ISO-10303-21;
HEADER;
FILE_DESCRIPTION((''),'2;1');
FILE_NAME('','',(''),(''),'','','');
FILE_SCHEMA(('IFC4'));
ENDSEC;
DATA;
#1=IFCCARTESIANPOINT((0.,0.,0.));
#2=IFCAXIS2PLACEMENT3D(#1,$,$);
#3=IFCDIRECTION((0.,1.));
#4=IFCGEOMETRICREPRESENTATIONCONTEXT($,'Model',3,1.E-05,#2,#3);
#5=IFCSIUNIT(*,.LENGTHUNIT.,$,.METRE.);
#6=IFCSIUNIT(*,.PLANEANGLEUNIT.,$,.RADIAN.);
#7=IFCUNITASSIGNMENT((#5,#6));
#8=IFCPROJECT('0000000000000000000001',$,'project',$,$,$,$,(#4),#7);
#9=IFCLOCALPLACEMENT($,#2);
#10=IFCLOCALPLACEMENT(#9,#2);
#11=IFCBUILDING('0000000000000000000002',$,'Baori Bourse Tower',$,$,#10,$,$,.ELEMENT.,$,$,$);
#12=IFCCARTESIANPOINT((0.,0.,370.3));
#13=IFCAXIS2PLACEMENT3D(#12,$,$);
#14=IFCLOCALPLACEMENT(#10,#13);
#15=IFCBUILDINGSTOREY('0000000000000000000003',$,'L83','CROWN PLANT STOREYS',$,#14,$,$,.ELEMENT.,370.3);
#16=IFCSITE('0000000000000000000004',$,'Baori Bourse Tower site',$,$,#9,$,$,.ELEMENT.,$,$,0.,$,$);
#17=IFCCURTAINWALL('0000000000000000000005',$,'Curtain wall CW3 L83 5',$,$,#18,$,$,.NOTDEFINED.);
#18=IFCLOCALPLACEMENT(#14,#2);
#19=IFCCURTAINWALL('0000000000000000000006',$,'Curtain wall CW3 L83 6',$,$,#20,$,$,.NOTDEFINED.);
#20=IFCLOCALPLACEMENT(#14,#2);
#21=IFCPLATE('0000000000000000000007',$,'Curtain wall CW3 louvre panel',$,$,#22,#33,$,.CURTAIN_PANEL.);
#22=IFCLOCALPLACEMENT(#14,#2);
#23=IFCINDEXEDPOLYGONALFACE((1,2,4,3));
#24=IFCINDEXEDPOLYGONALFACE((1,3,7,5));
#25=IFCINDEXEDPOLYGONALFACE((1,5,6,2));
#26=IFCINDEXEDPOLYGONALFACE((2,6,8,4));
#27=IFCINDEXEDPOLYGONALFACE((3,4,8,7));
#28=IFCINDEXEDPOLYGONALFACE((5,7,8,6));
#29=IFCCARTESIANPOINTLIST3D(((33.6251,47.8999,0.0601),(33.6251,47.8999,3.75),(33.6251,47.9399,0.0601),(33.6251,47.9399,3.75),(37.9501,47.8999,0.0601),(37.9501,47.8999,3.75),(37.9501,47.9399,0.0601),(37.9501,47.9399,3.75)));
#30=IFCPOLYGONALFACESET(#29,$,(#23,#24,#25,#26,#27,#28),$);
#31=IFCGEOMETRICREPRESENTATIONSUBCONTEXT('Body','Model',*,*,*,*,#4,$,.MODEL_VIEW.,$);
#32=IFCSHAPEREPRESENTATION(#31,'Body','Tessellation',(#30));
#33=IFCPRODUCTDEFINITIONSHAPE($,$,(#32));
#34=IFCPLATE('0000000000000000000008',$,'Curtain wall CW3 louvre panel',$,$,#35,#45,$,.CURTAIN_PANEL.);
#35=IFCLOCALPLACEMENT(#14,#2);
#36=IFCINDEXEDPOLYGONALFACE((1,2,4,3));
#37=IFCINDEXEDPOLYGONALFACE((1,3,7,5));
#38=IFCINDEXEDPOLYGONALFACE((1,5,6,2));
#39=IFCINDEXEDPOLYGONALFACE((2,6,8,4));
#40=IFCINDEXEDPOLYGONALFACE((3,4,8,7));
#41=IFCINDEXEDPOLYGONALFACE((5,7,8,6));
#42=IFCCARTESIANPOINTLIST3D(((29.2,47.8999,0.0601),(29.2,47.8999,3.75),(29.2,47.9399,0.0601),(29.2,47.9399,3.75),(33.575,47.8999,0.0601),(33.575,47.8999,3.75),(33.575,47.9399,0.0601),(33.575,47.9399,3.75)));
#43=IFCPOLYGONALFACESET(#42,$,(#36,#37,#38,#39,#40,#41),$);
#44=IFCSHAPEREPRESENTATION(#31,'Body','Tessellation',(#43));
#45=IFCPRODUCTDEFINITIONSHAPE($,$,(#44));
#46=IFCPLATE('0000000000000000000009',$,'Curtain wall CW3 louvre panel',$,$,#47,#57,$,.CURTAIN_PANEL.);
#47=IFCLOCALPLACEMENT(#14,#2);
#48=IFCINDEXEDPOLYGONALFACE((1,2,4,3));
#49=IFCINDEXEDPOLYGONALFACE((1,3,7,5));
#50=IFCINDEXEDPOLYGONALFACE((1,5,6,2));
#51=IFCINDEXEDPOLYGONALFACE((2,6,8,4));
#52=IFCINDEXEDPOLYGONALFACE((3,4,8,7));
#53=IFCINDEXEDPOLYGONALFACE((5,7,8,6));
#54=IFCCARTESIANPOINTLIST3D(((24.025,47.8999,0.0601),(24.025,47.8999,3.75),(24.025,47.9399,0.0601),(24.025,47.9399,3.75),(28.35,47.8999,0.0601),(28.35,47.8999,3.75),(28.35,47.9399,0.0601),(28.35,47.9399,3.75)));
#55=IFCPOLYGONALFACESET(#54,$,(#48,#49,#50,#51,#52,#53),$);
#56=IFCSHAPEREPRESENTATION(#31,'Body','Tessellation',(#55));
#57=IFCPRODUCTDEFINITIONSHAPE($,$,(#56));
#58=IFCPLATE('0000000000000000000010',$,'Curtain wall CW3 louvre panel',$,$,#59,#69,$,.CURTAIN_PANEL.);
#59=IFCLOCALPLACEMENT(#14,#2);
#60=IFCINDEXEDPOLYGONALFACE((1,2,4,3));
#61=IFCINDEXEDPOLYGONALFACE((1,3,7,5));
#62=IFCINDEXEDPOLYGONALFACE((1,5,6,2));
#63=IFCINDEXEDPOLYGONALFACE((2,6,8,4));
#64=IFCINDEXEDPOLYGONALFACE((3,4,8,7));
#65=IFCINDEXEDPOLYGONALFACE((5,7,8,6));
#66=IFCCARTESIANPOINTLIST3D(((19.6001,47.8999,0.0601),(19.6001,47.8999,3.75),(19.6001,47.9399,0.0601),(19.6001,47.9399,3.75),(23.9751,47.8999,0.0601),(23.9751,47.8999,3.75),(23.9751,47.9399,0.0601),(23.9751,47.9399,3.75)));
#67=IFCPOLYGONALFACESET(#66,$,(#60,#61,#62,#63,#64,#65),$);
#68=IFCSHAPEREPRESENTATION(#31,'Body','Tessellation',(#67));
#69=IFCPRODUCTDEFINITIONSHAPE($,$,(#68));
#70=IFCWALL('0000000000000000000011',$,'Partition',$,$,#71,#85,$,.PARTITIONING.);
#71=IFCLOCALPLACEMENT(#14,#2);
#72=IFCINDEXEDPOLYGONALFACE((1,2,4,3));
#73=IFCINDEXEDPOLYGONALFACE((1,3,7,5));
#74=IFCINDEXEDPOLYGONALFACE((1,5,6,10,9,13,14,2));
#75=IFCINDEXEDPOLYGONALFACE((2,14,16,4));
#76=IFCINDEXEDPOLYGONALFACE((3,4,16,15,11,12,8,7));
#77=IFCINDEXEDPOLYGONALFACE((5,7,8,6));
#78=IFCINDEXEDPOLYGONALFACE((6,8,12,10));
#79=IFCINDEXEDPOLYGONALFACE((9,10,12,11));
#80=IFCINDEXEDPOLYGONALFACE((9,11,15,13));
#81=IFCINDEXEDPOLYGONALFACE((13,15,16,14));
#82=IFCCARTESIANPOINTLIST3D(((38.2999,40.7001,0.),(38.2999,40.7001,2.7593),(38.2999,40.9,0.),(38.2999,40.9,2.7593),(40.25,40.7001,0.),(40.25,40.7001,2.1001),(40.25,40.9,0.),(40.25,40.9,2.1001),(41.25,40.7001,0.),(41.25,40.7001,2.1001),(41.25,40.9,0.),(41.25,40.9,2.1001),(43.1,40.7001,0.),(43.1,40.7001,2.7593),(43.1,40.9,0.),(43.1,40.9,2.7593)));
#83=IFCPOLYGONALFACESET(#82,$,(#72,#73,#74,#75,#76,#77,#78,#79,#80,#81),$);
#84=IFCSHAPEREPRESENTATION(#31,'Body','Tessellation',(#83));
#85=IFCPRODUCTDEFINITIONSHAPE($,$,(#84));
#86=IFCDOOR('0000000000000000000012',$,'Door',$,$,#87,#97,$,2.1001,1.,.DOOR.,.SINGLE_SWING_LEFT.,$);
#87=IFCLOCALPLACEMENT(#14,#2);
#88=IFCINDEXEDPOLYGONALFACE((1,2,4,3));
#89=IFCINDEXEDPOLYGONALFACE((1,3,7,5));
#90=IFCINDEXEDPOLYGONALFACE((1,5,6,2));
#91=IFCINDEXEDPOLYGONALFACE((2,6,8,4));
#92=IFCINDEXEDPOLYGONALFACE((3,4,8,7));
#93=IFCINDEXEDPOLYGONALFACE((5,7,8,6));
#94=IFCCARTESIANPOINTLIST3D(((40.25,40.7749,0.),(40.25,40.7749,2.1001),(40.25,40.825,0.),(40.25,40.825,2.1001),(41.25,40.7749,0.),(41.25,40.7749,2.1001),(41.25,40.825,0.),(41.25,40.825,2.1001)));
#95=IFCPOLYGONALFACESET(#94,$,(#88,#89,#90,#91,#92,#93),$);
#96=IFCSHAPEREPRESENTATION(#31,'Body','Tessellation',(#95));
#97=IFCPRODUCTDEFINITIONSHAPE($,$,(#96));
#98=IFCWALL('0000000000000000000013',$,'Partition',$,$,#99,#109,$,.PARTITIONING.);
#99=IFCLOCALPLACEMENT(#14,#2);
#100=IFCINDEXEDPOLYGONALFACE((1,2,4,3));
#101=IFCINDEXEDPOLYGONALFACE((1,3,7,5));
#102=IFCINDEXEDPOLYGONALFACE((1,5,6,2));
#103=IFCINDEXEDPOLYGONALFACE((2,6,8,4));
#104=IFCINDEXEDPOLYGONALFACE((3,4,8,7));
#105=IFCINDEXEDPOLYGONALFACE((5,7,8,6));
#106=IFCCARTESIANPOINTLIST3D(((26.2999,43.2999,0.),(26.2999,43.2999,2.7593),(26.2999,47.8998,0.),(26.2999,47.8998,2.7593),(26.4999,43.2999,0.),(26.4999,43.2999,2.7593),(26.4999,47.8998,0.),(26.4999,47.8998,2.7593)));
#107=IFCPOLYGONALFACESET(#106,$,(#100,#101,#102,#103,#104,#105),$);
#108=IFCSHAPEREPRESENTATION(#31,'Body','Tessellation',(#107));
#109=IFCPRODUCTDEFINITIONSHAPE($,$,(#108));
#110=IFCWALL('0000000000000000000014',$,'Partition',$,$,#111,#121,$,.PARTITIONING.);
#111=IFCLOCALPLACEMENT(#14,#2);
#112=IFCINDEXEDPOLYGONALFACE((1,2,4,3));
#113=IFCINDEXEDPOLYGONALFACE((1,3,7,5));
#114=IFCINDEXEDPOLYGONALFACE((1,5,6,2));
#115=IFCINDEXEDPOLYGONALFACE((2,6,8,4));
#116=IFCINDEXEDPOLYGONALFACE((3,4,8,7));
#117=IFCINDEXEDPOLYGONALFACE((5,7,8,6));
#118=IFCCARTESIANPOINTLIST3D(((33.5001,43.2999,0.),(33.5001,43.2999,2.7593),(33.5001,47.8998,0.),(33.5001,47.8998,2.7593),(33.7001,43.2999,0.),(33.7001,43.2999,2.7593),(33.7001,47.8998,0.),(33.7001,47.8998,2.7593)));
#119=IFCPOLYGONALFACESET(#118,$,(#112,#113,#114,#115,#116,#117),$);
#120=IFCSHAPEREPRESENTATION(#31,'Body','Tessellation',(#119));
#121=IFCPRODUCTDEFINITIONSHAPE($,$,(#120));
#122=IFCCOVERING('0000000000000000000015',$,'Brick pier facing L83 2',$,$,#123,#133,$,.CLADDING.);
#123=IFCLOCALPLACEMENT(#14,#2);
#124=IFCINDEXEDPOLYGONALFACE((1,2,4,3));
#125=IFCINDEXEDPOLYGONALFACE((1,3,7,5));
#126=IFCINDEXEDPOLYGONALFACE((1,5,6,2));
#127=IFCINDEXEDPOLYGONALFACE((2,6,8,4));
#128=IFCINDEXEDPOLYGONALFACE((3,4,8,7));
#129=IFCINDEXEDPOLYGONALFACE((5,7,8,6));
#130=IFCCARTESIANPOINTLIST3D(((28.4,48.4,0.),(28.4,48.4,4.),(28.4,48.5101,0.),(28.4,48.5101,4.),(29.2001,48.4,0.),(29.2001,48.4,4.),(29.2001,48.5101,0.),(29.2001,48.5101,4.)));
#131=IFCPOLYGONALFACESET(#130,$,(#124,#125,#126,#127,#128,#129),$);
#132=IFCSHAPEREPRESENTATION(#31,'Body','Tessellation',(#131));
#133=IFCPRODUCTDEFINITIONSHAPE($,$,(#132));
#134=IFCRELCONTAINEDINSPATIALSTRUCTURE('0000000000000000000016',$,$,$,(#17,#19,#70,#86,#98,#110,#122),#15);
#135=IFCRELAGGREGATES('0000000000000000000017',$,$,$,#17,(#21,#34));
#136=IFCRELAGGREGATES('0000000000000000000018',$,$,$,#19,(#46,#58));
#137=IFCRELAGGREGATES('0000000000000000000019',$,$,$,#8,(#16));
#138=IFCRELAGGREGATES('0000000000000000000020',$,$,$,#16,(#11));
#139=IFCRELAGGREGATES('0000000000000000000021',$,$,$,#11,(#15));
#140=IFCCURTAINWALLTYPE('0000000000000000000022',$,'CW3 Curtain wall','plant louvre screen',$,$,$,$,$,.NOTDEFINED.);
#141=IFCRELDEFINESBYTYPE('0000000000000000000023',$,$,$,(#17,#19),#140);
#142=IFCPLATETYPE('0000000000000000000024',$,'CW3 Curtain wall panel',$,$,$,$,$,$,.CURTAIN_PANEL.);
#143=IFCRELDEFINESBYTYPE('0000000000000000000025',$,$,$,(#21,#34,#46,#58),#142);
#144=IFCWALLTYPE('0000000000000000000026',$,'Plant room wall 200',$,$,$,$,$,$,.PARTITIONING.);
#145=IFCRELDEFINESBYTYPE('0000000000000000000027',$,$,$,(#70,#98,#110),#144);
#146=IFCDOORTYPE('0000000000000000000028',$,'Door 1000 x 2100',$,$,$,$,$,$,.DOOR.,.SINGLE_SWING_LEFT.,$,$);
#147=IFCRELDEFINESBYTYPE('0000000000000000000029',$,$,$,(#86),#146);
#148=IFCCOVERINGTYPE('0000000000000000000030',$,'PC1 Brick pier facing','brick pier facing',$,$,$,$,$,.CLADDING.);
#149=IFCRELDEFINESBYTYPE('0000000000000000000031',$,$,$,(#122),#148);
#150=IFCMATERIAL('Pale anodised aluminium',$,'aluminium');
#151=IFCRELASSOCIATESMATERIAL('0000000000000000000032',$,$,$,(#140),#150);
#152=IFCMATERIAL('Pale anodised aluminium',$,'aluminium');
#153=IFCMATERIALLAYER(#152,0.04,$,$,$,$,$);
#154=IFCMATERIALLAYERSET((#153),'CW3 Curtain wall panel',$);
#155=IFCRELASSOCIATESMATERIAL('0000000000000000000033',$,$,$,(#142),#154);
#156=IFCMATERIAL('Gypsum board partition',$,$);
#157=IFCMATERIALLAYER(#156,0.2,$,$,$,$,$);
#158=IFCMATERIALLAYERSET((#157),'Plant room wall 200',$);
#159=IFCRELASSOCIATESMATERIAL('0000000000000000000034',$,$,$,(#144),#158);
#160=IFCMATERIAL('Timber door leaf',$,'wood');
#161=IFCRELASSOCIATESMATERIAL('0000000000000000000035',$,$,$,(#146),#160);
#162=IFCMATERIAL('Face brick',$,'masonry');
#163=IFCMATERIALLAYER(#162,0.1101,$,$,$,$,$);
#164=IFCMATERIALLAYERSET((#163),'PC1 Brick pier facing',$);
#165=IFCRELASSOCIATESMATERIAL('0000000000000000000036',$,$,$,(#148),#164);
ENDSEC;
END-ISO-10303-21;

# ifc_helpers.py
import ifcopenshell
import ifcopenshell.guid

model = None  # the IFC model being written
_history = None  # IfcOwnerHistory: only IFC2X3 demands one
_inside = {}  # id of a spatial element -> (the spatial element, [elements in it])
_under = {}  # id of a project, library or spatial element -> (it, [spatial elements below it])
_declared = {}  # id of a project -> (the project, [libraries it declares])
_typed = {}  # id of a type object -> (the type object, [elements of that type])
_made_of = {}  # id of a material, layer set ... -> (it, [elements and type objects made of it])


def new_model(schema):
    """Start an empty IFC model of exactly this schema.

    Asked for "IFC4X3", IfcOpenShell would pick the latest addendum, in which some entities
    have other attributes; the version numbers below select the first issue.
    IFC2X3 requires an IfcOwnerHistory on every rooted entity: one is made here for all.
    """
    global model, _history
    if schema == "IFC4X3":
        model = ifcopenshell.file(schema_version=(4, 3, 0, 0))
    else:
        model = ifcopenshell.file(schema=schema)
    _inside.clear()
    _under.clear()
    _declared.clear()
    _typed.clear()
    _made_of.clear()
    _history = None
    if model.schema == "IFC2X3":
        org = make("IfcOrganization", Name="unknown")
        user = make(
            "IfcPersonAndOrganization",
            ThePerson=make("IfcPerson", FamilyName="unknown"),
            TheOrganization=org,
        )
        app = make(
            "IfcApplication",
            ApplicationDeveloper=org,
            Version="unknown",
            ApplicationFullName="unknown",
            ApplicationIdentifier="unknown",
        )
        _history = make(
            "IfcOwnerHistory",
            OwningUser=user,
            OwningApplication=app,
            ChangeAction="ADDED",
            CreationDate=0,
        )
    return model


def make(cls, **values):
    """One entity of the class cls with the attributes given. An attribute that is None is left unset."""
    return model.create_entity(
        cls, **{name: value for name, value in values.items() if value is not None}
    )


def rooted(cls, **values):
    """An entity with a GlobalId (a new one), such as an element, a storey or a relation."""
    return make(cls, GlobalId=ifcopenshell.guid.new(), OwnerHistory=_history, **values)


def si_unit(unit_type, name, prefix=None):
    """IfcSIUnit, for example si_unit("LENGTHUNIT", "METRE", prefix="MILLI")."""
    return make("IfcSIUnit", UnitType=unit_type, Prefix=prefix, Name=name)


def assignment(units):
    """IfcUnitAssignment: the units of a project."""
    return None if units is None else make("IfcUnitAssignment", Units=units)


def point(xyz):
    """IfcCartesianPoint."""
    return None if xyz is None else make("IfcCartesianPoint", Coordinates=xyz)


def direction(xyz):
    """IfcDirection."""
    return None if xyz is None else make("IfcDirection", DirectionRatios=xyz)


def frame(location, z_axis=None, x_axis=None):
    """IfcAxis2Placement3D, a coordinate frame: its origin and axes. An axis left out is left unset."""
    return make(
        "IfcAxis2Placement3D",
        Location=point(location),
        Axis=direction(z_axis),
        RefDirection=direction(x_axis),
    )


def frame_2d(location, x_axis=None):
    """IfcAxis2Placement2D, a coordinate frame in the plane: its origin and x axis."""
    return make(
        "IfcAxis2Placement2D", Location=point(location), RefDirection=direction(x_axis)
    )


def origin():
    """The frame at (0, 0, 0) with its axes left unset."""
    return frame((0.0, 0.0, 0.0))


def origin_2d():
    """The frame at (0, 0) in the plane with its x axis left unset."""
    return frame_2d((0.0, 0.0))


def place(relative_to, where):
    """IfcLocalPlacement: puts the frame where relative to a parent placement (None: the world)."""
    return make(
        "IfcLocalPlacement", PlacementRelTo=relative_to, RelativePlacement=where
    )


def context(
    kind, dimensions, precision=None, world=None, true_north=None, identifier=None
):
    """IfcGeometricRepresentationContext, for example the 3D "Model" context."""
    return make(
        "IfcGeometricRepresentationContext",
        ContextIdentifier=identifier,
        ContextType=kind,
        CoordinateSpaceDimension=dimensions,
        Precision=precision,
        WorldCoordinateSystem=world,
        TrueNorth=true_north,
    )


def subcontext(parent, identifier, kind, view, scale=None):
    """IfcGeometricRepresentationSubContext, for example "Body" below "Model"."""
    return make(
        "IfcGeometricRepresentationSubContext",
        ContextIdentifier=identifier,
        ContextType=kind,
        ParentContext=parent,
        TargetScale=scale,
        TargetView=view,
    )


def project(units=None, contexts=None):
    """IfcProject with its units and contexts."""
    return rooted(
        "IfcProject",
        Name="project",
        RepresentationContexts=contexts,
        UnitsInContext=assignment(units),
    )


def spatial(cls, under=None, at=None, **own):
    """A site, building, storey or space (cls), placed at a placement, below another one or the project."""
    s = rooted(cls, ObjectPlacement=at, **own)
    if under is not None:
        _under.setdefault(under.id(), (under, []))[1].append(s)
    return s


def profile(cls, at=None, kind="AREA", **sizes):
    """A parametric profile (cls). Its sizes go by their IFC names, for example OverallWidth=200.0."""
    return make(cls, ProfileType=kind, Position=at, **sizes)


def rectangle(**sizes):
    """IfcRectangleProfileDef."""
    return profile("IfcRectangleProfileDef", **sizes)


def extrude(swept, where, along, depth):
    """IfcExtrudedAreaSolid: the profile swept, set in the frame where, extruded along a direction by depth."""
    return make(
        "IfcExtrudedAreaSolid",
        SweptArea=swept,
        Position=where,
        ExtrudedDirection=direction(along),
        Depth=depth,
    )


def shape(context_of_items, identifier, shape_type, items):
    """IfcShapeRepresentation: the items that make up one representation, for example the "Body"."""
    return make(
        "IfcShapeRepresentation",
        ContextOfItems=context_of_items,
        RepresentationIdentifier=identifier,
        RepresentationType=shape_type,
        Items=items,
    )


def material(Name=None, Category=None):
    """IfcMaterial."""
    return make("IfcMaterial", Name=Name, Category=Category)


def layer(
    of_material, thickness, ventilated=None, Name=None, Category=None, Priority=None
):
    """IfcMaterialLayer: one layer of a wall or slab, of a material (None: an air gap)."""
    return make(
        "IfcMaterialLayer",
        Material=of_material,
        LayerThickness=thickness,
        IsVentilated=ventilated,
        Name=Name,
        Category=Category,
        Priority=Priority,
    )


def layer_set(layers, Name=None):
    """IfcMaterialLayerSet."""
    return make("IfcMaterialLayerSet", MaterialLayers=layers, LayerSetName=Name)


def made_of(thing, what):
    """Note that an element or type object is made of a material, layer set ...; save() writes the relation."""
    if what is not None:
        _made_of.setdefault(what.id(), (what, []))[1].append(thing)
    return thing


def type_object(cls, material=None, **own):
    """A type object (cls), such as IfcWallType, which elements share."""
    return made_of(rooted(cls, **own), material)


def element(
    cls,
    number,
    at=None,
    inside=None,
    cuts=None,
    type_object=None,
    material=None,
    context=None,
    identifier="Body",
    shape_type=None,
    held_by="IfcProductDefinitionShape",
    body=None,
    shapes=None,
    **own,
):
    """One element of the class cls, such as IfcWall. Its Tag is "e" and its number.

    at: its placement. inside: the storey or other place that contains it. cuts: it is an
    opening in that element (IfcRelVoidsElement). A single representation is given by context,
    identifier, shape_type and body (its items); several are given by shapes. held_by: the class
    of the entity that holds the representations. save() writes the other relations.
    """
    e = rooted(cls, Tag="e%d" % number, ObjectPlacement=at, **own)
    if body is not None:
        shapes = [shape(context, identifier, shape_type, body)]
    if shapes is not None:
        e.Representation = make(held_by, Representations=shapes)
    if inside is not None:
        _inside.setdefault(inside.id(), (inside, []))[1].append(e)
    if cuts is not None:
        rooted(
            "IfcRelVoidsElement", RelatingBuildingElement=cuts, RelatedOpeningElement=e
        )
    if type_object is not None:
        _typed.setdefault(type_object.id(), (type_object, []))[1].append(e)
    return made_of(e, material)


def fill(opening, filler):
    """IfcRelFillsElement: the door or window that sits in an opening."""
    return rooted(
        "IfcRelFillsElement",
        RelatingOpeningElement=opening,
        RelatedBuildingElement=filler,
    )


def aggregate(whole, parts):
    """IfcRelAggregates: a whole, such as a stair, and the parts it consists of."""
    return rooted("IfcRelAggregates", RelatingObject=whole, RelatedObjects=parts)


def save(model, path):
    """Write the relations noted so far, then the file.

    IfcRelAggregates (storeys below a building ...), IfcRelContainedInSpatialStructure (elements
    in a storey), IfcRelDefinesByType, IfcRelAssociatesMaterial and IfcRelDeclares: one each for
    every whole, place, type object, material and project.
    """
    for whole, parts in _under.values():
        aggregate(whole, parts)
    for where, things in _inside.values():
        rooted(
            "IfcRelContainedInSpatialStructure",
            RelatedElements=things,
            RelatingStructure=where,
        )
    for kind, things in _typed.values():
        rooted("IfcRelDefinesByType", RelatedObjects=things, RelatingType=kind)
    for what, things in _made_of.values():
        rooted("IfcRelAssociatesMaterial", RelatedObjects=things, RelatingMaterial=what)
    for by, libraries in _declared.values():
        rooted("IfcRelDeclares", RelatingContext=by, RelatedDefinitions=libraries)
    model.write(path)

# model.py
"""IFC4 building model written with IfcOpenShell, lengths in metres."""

from ifc_helpers import new_model, si_unit, direction, frame, frame_2d, origin, origin_2d, place, context, subcontext, project, spatial, rectangle, extrude, material, layer, layer_set, type_object, element, fill, aggregate, save


model = new_model("IFC4")

# Units and contexts
model_context = context("Model", 3, precision=1e-05, world=origin(), true_north=direction((0.0, 1.0)))
body_context = subcontext(model_context, "Body", "Model", "MODEL_VIEW")
ifc_project = project(units=[si_unit("LENGTHUNIT", "METRE"), si_unit("PLANEANGLEUNIT", "RADIAN")], contexts=[model_context])

# Site, building, storey
site_placement = place(None, origin())
site = spatial("IfcSite", under=ifc_project, at=site_placement, Name="Baori Bourse Tower site", CompositionType="ELEMENT", RefElevation=0.0)
building_placement = place(site_placement, origin())
building = spatial("IfcBuilding", under=site, at=building_placement, Name="Baori Bourse Tower", CompositionType="ELEMENT")
storey_placement = place(building_placement, frame((0.0, 0.0, 370.3)))
storey = spatial("IfcBuildingStorey", under=building, at=storey_placement, Name="L83", Description="CROWN PLANT STOREYS", CompositionType="ELEMENT", Elevation=370.3)

# Shared definitions
ifc_material_1 = material(Name="Pale anodised aluminium", Category="aluminium")
curtain_wall_type = type_object("IfcCurtainWallType", Name="CW3 Curtain wall", Description="plant louvre screen", PredefinedType="NOTDEFINED", material=ifc_material_1)

# Curtain walls
curtain_wall_1_placement = place(storey_placement, origin())
curtain_wall_1 = element("IfcCurtainWall", 1, at=curtain_wall_1_placement, inside=storey, type_object=curtain_wall_type, Name="Curtain wall CW3 L83 5", PredefinedType="NOTDEFINED")
curtain_wall_2_placement = place(storey_placement, origin())
curtain_wall_2 = element("IfcCurtainWall", 2, at=curtain_wall_2_placement, inside=storey, type_object=curtain_wall_type, Name="Curtain wall CW3 L83 6", PredefinedType="NOTDEFINED")

# Plates
ifc_material_2 = material(Name="Pale anodised aluminium", Category="aluminium")
ifc_layer_1 = layer(ifc_material_2, 0.04)
ifc_layer_set_1 = layer_set([ifc_layer_1], Name="CW3 Curtain wall panel")
plate_type = type_object("IfcPlateType", Name="CW3 Curtain wall panel", PredefinedType="CURTAIN_PANEL", material=ifc_layer_set_1)
plate_1_placement = place(storey_placement, frame((35.7876, 47.9199, 0.0601), z_axis=(0.0, 0.0, 1.0), x_axis=(-1.0, 0.0, 0.0)))
plate_1 = element("IfcPlate", 3, at=plate_1_placement, type_object=plate_type, Name="Curtain wall CW3 louvre panel", PredefinedType="CURTAIN_PANEL", context=body_context, shape_type="SweptSolid", body=[
    extrude(rectangle(XDim=4.325, YDim=0.04, at=origin_2d()), origin(), (0.0, 0.0, 1.0), 3.6899),
])
plate_2_placement = place(storey_placement, frame((31.3875, 47.9199, 0.0601), z_axis=(0.0, 0.0, 1.0), x_axis=(-1.0, 0.0, 0.0)))
plate_2 = element("IfcPlate", 4, at=plate_2_placement, type_object=plate_type, Name="Curtain wall CW3 louvre panel", PredefinedType="CURTAIN_PANEL", context=body_context, shape_type="SweptSolid", body=[
    extrude(rectangle(XDim=4.375, YDim=0.04, at=origin_2d()), origin(), (0.0, 0.0, 1.0), 3.6899),
])
aggregate(curtain_wall_1, [plate_1, plate_2])
plate_3_placement = place(storey_placement, frame((26.1875, 47.9199, 0.0601), z_axis=(0.0, 0.0, 1.0), x_axis=(-1.0, 0.0, 0.0)))
plate_3 = element("IfcPlate", 5, at=plate_3_placement, type_object=plate_type, Name="Curtain wall CW3 louvre panel", PredefinedType="CURTAIN_PANEL", context=body_context, shape_type="SweptSolid", body=[
    extrude(rectangle(XDim=4.325, YDim=0.04, at=origin_2d()), origin(), (0.0, 0.0, 1.0), 3.6899),
])
plate_4_placement = place(storey_placement, frame((21.7876, 47.9199, 0.0601), z_axis=(0.0, 0.0, 1.0), x_axis=(-1.0, 0.0, 0.0)))
plate_4 = element("IfcPlate", 6, at=plate_4_placement, type_object=plate_type, Name="Curtain wall CW3 louvre panel", PredefinedType="CURTAIN_PANEL", context=body_context, shape_type="SweptSolid", body=[
    extrude(rectangle(XDim=4.375, YDim=0.04, at=origin_2d()), origin(), (0.0, 0.0, 1.0), 3.6899),
])
aggregate(curtain_wall_2, [plate_3, plate_4])

# Wall, opening, door
ifc_material_3 = material(Name="Gypsum board partition")
ifc_layer_2 = layer(ifc_material_3, 0.2)
ifc_layer_set_2 = layer_set([ifc_layer_2], Name="Plant room wall 200")
wall_type = type_object("IfcWallType", Name="Plant room wall 200", PredefinedType="PARTITIONING", material=ifc_layer_set_2)
wall_placement = place(storey_placement, frame((38.3, 40.8, 0.0), z_axis=(0.0, 0.0, 1.0), x_axis=(1.0, 0.0, 0.0)))
wall = element("IfcWall", 7, at=wall_placement, inside=storey, type_object=wall_type, Name="Partition", PredefinedType="PARTITIONING", context=body_context, shape_type="SweptSolid", body=[
    extrude(rectangle(XDim=4.8, YDim=0.2, at=frame_2d((2.3999, 0.0))), origin(), (0.0, 0.0, 1.0), 2.7593),
])
opening_placement = place(wall_placement, frame((1.95, 0.0, 0.0)))
opening = element("IfcOpeningElement", 8, at=opening_placement, cuts=wall, PredefinedType="OPENING", context=body_context, shape_type="SweptSolid", body=[
    extrude(rectangle(XDim=1.0, YDim=2.1001, at=frame_2d((0.5, 1.05))), frame((0.0, 0.1099, 0.0), z_axis=(0.0, -1.0, 0.0), x_axis=(1.0, 0.0, 0.0)), (0.0, 0.0, 1.0), 0.22),
])
ifc_material_4 = material(Name="Timber door leaf", Category="wood")
door_type = type_object("IfcDoorType", Name="Door 1000 x 2100", OperationType="SINGLE_SWING_LEFT", PredefinedType="DOOR", material=ifc_material_4)
door_placement = place(opening_placement, origin())
door = element("IfcDoor", 9, at=door_placement, inside=storey, type_object=door_type, Name="Door", OperationType="SINGLE_SWING_LEFT", OverallHeight=2.1001, OverallWidth=1.0, PredefinedType="DOOR", context=body_context, shape_type="SweptSolid", body=[
    extrude(rectangle(XDim=1.0, YDim=2.1001, at=frame_2d((0.5, 1.05))), frame((0.0, 0.0249, 0.0), z_axis=(0.0, -1.0, 0.0), x_axis=(1.0, 0.0, 0.0)), (0.0, 0.0, 1.0), 0.05),
])
fill(opening, door)

# Walls
for number, where, z_axis, x_axis, name in (
    (10, (26.3999, 43.3, 0.0), (0.0, 0.0, 1.0), (0.0, 1.0, 0.0), "Partition"),
    (11, (33.6001, 43.3, 0.0), (0.0, 0.0, 1.0), (0.0, 1.0, 0.0), "Partition"),
):
    element("IfcWall", number, at=place(storey_placement, frame(where, z_axis=z_axis, x_axis=x_axis)), inside=storey, type_object=wall_type, Name=name, PredefinedType="PARTITIONING", context=body_context, shape_type="SweptSolid", body=[
        extrude(rectangle(XDim=4.5999, YDim=0.2, at=frame_2d((2.2998, 0.0))), origin(), (0.0, 0.0, 1.0), 2.7593),
    ])

# Covering
ifc_material_5 = material(Name="Face brick", Category="masonry")
ifc_layer_3 = layer(ifc_material_5, 0.1101)
ifc_layer_set_3 = layer_set([ifc_layer_3], Name="PC1 Brick pier facing")
covering_type = type_object("IfcCoveringType", Name="PC1 Brick pier facing", Description="brick pier facing", PredefinedType="CLADDING", material=ifc_layer_set_3)
covering_placement = place(storey_placement, frame((28.8, 48.4551, 0.0), z_axis=(0.0, 0.0, 1.0), x_axis=(1.0, 0.0, 0.0)))
element("IfcCovering", 12, at=covering_placement, inside=storey, type_object=covering_type, Name="Brick pier facing L83 2", PredefinedType="CLADDING", context=body_context, shape_type="SweptSolid", body=[
    extrude(rectangle(XDim=0.8, YDim=0.1101, at=origin_2d()), origin(), (0.0, 0.0, 1.0), 4.0),
])

save(model, "model.ifc")
